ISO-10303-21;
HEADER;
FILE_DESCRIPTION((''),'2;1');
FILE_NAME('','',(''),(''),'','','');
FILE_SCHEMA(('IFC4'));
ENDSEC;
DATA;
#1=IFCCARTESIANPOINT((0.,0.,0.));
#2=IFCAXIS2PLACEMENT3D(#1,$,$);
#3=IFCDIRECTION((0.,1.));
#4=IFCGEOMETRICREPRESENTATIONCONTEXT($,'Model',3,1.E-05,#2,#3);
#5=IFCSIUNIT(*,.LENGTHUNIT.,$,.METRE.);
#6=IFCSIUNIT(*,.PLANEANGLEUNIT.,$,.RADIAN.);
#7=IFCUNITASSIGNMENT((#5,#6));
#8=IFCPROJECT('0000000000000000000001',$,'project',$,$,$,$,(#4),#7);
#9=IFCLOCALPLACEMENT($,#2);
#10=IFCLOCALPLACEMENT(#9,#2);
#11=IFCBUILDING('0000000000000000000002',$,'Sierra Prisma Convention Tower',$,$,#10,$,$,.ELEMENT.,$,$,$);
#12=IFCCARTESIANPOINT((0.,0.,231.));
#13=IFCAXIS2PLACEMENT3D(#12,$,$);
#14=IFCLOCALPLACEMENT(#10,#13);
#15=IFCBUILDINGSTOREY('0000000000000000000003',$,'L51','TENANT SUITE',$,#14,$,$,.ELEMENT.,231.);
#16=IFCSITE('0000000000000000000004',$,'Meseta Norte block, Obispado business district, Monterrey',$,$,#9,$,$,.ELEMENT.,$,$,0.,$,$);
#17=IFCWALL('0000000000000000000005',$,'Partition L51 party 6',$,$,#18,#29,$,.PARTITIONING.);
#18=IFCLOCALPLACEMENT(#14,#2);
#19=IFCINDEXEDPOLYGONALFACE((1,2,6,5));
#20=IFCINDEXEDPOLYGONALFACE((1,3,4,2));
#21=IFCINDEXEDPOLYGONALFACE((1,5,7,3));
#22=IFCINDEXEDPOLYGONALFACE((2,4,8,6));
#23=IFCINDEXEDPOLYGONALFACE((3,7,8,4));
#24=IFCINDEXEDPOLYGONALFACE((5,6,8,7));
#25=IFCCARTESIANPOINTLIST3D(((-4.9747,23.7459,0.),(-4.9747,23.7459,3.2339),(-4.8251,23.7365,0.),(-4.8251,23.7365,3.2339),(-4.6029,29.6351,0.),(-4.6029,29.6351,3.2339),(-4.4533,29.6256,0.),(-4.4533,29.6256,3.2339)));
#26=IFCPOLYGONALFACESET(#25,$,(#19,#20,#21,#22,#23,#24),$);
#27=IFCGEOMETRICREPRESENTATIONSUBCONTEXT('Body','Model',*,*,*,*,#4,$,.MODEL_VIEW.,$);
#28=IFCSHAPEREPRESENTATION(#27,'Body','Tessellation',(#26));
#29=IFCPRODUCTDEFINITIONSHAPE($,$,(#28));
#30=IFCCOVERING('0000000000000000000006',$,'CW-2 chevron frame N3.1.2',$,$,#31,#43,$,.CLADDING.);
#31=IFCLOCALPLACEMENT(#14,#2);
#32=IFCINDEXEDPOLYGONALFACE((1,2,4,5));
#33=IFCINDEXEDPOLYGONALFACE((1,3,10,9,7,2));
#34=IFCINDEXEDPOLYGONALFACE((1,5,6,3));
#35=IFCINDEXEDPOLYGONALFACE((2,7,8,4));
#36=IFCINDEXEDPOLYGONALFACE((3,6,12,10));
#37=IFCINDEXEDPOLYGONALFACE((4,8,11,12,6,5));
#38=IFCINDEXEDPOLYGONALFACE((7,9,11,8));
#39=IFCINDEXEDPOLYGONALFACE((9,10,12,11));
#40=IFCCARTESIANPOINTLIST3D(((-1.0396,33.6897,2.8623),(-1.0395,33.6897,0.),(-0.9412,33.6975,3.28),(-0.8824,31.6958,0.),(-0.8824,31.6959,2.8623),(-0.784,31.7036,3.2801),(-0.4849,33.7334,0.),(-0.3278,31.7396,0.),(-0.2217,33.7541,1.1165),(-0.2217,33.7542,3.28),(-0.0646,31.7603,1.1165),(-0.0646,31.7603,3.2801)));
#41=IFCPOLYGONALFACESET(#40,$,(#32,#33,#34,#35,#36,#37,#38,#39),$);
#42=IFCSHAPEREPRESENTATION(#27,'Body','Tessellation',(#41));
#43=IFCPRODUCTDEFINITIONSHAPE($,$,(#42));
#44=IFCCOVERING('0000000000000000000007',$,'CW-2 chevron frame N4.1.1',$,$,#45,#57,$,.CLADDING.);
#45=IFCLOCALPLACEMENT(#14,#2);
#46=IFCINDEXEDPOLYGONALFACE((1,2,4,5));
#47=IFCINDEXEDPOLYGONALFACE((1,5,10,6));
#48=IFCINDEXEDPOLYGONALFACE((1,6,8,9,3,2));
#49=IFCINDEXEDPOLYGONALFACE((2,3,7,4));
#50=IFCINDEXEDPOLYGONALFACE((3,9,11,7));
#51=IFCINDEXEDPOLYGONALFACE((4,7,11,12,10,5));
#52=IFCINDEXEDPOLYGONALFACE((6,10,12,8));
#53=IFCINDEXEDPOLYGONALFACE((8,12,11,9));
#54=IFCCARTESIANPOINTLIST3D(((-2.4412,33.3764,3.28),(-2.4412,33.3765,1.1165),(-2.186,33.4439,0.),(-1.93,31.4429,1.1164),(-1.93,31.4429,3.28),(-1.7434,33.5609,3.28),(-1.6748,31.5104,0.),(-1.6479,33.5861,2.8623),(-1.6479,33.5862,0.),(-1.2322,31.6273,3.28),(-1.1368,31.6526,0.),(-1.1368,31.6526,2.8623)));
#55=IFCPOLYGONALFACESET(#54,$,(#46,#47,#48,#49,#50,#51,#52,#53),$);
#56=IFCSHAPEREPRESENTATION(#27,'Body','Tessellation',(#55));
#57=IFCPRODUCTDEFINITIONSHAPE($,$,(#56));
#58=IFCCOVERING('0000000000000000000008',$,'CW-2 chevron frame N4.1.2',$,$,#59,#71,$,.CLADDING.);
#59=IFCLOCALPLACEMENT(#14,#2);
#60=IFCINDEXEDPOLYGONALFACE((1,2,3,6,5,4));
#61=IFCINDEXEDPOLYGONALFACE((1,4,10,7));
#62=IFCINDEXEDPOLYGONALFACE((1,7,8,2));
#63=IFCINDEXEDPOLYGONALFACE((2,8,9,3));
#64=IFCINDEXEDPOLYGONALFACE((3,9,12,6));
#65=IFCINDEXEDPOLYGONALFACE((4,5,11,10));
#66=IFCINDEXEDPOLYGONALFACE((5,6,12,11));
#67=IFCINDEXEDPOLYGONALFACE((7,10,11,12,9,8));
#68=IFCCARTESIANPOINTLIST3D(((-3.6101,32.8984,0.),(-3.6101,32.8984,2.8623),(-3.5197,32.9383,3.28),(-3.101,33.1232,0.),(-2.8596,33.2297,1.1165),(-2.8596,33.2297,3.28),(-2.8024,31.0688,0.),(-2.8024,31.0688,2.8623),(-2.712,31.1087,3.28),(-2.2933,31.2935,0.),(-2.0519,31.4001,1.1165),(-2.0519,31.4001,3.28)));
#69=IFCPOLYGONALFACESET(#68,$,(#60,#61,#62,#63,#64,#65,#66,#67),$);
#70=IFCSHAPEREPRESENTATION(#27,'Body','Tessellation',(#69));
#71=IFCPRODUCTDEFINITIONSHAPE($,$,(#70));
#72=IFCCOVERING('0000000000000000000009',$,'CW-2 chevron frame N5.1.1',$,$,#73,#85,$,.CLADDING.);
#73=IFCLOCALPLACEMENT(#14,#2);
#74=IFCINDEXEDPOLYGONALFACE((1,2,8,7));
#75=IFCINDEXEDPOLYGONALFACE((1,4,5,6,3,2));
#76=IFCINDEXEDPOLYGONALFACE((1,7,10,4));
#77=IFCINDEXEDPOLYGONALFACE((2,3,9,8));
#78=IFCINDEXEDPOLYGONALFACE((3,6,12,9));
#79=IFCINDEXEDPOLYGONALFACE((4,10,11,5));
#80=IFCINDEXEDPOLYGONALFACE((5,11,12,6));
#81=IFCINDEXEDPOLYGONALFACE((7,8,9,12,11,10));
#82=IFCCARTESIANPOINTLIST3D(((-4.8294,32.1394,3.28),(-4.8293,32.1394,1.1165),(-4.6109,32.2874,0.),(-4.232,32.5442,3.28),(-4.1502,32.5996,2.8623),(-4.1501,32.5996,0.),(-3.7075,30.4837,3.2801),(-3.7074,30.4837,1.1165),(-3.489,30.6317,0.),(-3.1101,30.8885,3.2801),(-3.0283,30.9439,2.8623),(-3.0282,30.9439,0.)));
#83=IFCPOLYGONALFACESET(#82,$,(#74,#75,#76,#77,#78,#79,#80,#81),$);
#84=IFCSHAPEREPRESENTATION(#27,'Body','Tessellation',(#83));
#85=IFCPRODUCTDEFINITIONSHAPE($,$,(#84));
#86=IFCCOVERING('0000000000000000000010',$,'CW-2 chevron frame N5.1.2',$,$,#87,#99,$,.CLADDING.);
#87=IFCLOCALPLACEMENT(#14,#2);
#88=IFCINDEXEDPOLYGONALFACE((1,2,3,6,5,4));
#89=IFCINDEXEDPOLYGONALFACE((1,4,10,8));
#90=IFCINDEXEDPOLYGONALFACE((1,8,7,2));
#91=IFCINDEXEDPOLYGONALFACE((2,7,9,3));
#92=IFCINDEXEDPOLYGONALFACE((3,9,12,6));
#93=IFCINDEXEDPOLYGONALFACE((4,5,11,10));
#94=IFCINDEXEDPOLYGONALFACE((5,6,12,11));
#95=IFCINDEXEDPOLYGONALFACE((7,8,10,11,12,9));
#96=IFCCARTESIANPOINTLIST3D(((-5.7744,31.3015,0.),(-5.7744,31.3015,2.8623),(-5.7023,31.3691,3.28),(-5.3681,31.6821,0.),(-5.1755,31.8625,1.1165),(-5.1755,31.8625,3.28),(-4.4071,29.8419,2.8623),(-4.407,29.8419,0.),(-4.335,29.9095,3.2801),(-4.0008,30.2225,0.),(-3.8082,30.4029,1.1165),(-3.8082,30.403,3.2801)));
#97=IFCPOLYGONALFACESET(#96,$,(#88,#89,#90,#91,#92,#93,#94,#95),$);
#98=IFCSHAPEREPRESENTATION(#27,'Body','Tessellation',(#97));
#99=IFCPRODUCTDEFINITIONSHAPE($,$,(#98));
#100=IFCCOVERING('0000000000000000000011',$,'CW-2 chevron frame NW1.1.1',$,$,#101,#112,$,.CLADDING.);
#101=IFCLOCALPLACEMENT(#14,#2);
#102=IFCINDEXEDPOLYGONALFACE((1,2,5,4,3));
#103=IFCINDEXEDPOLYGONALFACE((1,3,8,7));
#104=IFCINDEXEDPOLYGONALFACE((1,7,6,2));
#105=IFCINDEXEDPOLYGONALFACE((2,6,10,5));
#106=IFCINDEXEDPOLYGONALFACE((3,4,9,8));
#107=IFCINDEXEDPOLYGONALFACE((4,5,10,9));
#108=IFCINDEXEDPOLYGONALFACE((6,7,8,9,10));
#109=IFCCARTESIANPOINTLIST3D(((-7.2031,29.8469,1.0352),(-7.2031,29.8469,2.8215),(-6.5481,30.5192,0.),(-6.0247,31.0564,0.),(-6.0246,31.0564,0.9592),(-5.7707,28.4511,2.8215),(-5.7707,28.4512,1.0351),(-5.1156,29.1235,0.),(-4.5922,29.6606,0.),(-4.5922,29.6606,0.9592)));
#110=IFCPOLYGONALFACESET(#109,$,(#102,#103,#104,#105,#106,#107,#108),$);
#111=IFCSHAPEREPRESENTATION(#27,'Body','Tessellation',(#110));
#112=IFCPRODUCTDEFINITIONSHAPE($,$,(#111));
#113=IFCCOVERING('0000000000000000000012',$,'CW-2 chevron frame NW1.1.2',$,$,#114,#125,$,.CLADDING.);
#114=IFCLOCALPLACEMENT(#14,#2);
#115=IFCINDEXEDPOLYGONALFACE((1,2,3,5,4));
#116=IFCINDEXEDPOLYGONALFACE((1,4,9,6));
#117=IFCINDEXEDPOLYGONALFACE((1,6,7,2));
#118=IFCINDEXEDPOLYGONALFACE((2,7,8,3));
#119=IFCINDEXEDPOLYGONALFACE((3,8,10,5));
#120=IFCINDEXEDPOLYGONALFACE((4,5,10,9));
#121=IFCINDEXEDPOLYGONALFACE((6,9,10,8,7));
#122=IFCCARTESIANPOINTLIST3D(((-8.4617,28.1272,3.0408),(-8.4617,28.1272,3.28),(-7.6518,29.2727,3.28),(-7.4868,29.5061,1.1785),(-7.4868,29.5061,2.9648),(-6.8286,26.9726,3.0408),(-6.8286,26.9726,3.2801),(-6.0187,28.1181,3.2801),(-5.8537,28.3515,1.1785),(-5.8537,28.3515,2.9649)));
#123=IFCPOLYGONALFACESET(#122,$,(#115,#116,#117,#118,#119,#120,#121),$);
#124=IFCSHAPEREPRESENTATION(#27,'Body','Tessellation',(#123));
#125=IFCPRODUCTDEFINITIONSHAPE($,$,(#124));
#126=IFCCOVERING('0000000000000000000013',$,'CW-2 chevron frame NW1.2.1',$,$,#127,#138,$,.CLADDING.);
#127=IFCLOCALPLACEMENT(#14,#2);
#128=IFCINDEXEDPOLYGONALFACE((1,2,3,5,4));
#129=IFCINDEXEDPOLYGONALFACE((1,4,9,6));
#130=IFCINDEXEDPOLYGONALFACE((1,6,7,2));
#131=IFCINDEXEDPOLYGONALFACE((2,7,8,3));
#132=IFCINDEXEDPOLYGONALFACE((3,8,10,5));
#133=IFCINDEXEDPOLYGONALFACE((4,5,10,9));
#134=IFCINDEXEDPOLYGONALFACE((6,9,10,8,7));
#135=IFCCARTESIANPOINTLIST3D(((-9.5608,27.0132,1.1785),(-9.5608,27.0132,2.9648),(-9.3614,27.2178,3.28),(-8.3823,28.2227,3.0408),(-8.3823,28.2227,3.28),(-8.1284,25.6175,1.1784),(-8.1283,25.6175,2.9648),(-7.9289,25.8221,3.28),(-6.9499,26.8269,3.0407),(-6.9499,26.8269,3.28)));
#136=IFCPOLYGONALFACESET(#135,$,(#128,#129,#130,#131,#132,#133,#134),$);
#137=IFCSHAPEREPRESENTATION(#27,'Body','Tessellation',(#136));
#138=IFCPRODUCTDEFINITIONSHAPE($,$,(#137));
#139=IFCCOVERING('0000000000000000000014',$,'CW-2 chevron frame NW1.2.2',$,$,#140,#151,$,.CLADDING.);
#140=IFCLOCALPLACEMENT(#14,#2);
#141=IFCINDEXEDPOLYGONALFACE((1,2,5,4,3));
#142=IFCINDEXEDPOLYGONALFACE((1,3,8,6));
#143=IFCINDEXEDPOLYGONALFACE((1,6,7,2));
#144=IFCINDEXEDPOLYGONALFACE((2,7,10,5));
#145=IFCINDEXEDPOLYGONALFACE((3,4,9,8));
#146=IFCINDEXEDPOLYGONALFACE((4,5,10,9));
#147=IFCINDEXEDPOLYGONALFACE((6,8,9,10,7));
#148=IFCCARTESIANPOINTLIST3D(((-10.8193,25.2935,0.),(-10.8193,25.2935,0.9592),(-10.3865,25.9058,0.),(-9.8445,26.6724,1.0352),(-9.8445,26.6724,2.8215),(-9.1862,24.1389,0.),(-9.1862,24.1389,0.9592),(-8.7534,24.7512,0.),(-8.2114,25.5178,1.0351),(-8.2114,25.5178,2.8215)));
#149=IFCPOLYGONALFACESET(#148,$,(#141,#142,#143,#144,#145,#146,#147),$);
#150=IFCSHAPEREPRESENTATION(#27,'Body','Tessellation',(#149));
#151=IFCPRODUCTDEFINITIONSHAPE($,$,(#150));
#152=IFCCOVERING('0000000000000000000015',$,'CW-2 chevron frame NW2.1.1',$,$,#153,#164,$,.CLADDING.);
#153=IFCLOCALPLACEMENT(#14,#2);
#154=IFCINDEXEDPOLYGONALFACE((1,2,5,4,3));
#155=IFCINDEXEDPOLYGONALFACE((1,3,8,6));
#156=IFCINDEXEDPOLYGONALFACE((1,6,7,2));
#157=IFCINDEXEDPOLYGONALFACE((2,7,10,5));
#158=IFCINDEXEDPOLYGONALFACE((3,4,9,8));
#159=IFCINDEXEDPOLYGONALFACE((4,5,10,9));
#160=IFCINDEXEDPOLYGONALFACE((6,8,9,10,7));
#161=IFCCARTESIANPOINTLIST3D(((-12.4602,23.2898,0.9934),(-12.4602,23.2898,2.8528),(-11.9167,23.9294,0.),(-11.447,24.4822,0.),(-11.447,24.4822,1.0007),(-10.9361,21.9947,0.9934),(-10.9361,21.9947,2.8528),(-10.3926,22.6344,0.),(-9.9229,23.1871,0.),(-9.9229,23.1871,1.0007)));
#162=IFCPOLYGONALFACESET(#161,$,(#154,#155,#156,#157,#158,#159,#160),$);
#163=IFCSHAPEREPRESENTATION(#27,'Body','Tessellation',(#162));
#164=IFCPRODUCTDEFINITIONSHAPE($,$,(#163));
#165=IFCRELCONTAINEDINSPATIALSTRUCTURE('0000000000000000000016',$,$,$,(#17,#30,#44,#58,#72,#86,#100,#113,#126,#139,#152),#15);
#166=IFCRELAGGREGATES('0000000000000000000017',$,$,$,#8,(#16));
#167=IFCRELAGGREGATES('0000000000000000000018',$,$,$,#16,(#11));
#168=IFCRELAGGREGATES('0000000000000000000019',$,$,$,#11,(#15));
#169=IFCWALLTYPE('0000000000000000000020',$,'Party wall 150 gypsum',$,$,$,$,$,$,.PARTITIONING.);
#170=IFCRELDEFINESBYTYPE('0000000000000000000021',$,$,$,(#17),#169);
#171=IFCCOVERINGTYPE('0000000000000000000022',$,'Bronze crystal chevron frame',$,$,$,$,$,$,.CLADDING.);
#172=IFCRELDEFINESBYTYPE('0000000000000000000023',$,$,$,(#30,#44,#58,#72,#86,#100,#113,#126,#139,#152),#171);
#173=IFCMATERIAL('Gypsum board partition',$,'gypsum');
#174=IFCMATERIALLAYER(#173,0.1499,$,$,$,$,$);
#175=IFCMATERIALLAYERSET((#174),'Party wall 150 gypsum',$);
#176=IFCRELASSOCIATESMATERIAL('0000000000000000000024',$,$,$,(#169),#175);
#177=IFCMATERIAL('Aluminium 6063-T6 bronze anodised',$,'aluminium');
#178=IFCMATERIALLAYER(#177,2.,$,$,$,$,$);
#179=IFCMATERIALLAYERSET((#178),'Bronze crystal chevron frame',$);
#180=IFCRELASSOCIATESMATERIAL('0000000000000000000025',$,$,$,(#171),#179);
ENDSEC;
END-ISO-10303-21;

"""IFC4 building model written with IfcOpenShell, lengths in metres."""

from ifc_helpers import new_model, si_unit, direction, frame, frame_2d, origin, place, context, subcontext, project, spatial, polyline, rectangle, outline, extrude, material, layer, layer_set, type_object, element, save


model = new_model("IFC4")

# Units and contexts
model_context = context("Model", 3, precision=1e-05, world=origin(), true_north=direction((0.0, 1.0)))
body_context = subcontext(model_context, "Body", "Model", "MODEL_VIEW")
ifc_project = project(units=[si_unit("LENGTHUNIT", "METRE"), si_unit("PLANEANGLEUNIT", "RADIAN")], contexts=[model_context])

# Site, building, storey
site_placement = place(None, origin())
site = spatial("IfcSite", under=ifc_project, at=site_placement, Name="Meseta Norte block, Obispado business district, Monterrey", CompositionType="ELEMENT", RefElevation=0.0)
building_placement = place(site_placement, origin())
building = spatial("IfcBuilding", under=site, at=building_placement, Name="Sierra Prisma Convention Tower", CompositionType="ELEMENT")
storey_placement = place(building_placement, frame((0.0, 0.0, 231.0)))
storey = spatial("IfcBuildingStorey", under=building, at=storey_placement, Name="L51", Description="TENANT SUITE", CompositionType="ELEMENT", Elevation=231.0)

# Wall
ifc_material_1 = material(Name="Gypsum board partition", Category="gypsum")
ifc_layer_1 = layer(ifc_material_1, 0.1499)
ifc_layer_set_1 = layer_set([ifc_layer_1], Name="Party wall 150 gypsum")
wall_type = type_object("IfcWallType", Name="Party wall 150 gypsum", PredefinedType="PARTITIONING", material=ifc_layer_set_1)
wall_placement = place(storey_placement, frame((-4.8999, 23.7412, 0.0), z_axis=(0.0, 0.0, 1.0), x_axis=(0.063012, 0.998013, 0.0)))
element("IfcWall", 1, at=wall_placement, inside=storey, type_object=wall_type, Name="Partition L51 party 6", PredefinedType="PARTITIONING", context=body_context, shape_type="SweptSolid", body=[
    extrude(rectangle(XDim=5.9009, YDim=0.1499, at=frame_2d((2.9504, 0.0))), origin(), (0.0, 0.0, 1.0), 3.2339),
])

# Coverings
ifc_material_2 = material(Name="Aluminium 6063-T6 bronze anodised", Category="aluminium")
ifc_layer_2 = layer(ifc_material_2, 2.0)
ifc_layer_set_2 = layer_set([ifc_layer_2], Name="Bronze crystal chevron frame")
covering_type = type_object("IfcCoveringType", Name="Bronze crystal chevron frame", PredefinedType="CLADDING", material=ifc_layer_set_2)
covering_1_placement = place(storey_placement, frame((-0.2217, 33.7542, 3.28), z_axis=(-0.078555, 0.99691, -0.000011), x_axis=(0.000001, -0.000011, -1.0)))
element("IfcCovering", 2, at=covering_1_placement, inside=storey, type_object=covering_type, Name="CW-2 chevron frame N3.1.2", PredefinedType="CLADDING", context=body_context, shape_type="SweptSolid", body=[
    extrude(outline(polyline([(0.0, 0.0), (2.1636, 0.0), (3.28, 0.264), (3.28, 0.8204), (0.4177, 0.8204), (0.0, 0.7217), (0.0, 0.0)])), origin(), (0.0, 0.0, -1.0), 2.0),
])
covering_2_placement = place(storey_placement, frame((-1.6479, 33.5862, 0.0), z_axis=(-0.255577, 0.966789, 0.000013), x_axis=(-0.966789, -0.255577, 0.0)))
element("IfcCovering", 3, at=covering_2_placement, inside=storey, type_object=covering_type, Name="CW-2 chevron frame N4.1.1", PredefinedType="CLADDING", context=body_context, shape_type="SweptSolid", body=[
    extrude(outline(polyline([(0.0, 0.0), (0.5565, 0.0), (0.8205, 1.1165), (0.8205, 3.28), (0.0987, 3.28), (0.0, 2.8623), (0.0, 0.0)])), origin(), (0.0, 0.0, -1.0), 2.0),
])
covering_3_placement = place(storey_placement, frame((-2.8596, 33.2297, 3.28), z_axis=(-0.403861, 0.91482, -0.000003), x_axis=(0.000001, -0.000003, -1.0)))
element("IfcCovering", 4, at=covering_3_placement, inside=storey, type_object=covering_type, Name="CW-2 chevron frame N4.1.2", PredefinedType="CLADDING", context=body_context, shape_type="SweptSolid", body=[
    extrude(outline(polyline([(0.0, 0.0), (2.1636, 0.0), (3.28, 0.2639), (3.28, 0.8204), (0.4177, 0.8204), (0.0, 0.7216), (0.0, 0.0)])), origin(), (0.0, 0.0, -1.0), 2.0),
])
covering_4_placement = place(storey_placement, frame((-4.1501, 32.5996, 0.0), z_axis=(-0.560949, 0.82785, -0.000014), x_axis=(-0.82785, -0.560949, 0.0)))
element("IfcCovering", 5, at=covering_4_placement, inside=storey, type_object=covering_type, Name="CW-2 chevron frame N5.1.1", PredefinedType="CLADDING", context=body_context, shape_type="SweptSolid", body=[
    extrude(outline(polyline([(0.0, 0.0), (0.5565, 0.0), (0.8204, 1.1165), (0.8204, 3.28), (0.0988, 3.28), (0.0, 2.8623), (0.0, 0.0)])), origin(), (0.0, 0.0, -1.0), 2.0),
])
covering_5_placement = place(storey_placement, frame((-5.1755, 31.8625, 3.28), z_axis=(-0.683671, 0.72979, -0.000014), x_axis=(0.00001, -0.00001, -1.0)))
element("IfcCovering", 6, at=covering_5_placement, inside=storey, type_object=covering_type, Name="CW-2 chevron frame N5.1.2", PredefinedType="CLADDING", context=body_context, shape_type="SweptSolid", body=[
    extrude(outline(polyline([(0.0, 0.0), (2.1636, 0.0), (3.28, 0.2639), (3.28, 0.8206), (0.4177, 0.8206), (0.0, 0.7218), (0.0, 0.0)])), origin(), (0.0, 0.0, -1.0), 2.0),
])
covering_6_placement = place(storey_placement, frame((-6.0247, 31.0564, 0.0), z_axis=(-0.716218, 0.697876, 0.000022), x_axis=(-0.697876, -0.716218, 0.0)))
element("IfcCovering", 7, at=covering_6_placement, inside=storey, type_object=covering_type, Name="CW-2 chevron frame NW1.1.1", PredefinedType="CLADDING", context=body_context, shape_type="SweptSolid", body=[
    extrude(outline(polyline([(0.0, 0.0), (0.75, 0.0), (1.6887, 1.0352), (1.6887, 2.8215), (0.0, 0.9592), (0.0, 0.0)])), origin(), (0.0, 0.0, -1.0), 2.0),
])
covering_7_placement = place(storey_placement, frame((-7.4868, 29.5061, 2.9648), z_axis=(-0.816548, 0.577277, -0.000011), x_axis=(0.000009, -0.000007, -1.0)))
element("IfcCovering", 8, at=covering_7_placement, inside=storey, type_object=covering_type, Name="CW-2 chevron frame NW1.1.2", PredefinedType="CLADDING", context=body_context, shape_type="SweptSolid", body=[
    extrude(outline(polyline([(0.0, 0.0), (1.7864, 0.0), (-0.0759, 1.6887), (-0.3152, 1.6887), (-0.3152, 0.2859), (0.0, 0.0)])), origin(), (0.0, 0.0, -1.0), 2.0),
])
covering_8_placement = place(storey_placement, frame((-8.3823, 28.2227, 3.28), z_axis=(-0.716233, 0.697862, 0.000037), x_axis=(-0.000026, 0.000026, -1.0)))
element("IfcCovering", 9, at=covering_8_placement, inside=storey, type_object=covering_type, Name="CW-2 chevron frame NW1.2.1", PredefinedType="CLADDING", context=body_context, shape_type="SweptSolid", body=[
    extrude(outline(polyline([(0.0, 0.0), (0.2393, 0.0), (2.1016, 1.6887), (0.3152, 1.6887), (0.0, 1.4029), (0.0, 0.0)])), origin(), (0.0, 0.0, -1.0), 2.0),
])
covering_9_placement = place(storey_placement, frame((-10.8193, 25.2935, 0.0), z_axis=(-0.816549, 0.577276, 0.000006), x_axis=(0.000005, -0.000003, 1.0)))
element("IfcCovering", 10, at=covering_9_placement, inside=storey, type_object=covering_type, Name="CW-2 chevron frame NW1.2.2", PredefinedType="CLADDING", context=body_context, shape_type="SweptSolid", body=[
    extrude(outline(polyline([(0.0, 0.0), (0.9592, 0.0), (2.8215, 1.6887), (1.0352, 1.6887), (0.0, 0.7499), (0.0, 0.0)])), origin(), (0.0, 0.0, -1.0), 2.0),
])
covering_10_placement = place(storey_placement, frame((-11.447, 24.4822, 0.0), z_axis=(-0.762041, 0.647528, 0.000014), x_axis=(-0.647528, -0.762041, 0.0)))
element("IfcCovering", 11, at=covering_10_placement, inside=storey, type_object=covering_type, Name="CW-2 chevron frame NW2.1.1", PredefinedType="CLADDING", context=body_context, shape_type="SweptSolid", body=[
    extrude(outline(polyline([(0.0, 0.0), (0.7254, 0.0), (1.5647, 0.9934), (1.5647, 2.8528), (0.0, 1.0007), (0.0, 0.0)])), origin(), (0.0, 0.0, -1.0), 2.0),
])

save(model, "model.ifc")
